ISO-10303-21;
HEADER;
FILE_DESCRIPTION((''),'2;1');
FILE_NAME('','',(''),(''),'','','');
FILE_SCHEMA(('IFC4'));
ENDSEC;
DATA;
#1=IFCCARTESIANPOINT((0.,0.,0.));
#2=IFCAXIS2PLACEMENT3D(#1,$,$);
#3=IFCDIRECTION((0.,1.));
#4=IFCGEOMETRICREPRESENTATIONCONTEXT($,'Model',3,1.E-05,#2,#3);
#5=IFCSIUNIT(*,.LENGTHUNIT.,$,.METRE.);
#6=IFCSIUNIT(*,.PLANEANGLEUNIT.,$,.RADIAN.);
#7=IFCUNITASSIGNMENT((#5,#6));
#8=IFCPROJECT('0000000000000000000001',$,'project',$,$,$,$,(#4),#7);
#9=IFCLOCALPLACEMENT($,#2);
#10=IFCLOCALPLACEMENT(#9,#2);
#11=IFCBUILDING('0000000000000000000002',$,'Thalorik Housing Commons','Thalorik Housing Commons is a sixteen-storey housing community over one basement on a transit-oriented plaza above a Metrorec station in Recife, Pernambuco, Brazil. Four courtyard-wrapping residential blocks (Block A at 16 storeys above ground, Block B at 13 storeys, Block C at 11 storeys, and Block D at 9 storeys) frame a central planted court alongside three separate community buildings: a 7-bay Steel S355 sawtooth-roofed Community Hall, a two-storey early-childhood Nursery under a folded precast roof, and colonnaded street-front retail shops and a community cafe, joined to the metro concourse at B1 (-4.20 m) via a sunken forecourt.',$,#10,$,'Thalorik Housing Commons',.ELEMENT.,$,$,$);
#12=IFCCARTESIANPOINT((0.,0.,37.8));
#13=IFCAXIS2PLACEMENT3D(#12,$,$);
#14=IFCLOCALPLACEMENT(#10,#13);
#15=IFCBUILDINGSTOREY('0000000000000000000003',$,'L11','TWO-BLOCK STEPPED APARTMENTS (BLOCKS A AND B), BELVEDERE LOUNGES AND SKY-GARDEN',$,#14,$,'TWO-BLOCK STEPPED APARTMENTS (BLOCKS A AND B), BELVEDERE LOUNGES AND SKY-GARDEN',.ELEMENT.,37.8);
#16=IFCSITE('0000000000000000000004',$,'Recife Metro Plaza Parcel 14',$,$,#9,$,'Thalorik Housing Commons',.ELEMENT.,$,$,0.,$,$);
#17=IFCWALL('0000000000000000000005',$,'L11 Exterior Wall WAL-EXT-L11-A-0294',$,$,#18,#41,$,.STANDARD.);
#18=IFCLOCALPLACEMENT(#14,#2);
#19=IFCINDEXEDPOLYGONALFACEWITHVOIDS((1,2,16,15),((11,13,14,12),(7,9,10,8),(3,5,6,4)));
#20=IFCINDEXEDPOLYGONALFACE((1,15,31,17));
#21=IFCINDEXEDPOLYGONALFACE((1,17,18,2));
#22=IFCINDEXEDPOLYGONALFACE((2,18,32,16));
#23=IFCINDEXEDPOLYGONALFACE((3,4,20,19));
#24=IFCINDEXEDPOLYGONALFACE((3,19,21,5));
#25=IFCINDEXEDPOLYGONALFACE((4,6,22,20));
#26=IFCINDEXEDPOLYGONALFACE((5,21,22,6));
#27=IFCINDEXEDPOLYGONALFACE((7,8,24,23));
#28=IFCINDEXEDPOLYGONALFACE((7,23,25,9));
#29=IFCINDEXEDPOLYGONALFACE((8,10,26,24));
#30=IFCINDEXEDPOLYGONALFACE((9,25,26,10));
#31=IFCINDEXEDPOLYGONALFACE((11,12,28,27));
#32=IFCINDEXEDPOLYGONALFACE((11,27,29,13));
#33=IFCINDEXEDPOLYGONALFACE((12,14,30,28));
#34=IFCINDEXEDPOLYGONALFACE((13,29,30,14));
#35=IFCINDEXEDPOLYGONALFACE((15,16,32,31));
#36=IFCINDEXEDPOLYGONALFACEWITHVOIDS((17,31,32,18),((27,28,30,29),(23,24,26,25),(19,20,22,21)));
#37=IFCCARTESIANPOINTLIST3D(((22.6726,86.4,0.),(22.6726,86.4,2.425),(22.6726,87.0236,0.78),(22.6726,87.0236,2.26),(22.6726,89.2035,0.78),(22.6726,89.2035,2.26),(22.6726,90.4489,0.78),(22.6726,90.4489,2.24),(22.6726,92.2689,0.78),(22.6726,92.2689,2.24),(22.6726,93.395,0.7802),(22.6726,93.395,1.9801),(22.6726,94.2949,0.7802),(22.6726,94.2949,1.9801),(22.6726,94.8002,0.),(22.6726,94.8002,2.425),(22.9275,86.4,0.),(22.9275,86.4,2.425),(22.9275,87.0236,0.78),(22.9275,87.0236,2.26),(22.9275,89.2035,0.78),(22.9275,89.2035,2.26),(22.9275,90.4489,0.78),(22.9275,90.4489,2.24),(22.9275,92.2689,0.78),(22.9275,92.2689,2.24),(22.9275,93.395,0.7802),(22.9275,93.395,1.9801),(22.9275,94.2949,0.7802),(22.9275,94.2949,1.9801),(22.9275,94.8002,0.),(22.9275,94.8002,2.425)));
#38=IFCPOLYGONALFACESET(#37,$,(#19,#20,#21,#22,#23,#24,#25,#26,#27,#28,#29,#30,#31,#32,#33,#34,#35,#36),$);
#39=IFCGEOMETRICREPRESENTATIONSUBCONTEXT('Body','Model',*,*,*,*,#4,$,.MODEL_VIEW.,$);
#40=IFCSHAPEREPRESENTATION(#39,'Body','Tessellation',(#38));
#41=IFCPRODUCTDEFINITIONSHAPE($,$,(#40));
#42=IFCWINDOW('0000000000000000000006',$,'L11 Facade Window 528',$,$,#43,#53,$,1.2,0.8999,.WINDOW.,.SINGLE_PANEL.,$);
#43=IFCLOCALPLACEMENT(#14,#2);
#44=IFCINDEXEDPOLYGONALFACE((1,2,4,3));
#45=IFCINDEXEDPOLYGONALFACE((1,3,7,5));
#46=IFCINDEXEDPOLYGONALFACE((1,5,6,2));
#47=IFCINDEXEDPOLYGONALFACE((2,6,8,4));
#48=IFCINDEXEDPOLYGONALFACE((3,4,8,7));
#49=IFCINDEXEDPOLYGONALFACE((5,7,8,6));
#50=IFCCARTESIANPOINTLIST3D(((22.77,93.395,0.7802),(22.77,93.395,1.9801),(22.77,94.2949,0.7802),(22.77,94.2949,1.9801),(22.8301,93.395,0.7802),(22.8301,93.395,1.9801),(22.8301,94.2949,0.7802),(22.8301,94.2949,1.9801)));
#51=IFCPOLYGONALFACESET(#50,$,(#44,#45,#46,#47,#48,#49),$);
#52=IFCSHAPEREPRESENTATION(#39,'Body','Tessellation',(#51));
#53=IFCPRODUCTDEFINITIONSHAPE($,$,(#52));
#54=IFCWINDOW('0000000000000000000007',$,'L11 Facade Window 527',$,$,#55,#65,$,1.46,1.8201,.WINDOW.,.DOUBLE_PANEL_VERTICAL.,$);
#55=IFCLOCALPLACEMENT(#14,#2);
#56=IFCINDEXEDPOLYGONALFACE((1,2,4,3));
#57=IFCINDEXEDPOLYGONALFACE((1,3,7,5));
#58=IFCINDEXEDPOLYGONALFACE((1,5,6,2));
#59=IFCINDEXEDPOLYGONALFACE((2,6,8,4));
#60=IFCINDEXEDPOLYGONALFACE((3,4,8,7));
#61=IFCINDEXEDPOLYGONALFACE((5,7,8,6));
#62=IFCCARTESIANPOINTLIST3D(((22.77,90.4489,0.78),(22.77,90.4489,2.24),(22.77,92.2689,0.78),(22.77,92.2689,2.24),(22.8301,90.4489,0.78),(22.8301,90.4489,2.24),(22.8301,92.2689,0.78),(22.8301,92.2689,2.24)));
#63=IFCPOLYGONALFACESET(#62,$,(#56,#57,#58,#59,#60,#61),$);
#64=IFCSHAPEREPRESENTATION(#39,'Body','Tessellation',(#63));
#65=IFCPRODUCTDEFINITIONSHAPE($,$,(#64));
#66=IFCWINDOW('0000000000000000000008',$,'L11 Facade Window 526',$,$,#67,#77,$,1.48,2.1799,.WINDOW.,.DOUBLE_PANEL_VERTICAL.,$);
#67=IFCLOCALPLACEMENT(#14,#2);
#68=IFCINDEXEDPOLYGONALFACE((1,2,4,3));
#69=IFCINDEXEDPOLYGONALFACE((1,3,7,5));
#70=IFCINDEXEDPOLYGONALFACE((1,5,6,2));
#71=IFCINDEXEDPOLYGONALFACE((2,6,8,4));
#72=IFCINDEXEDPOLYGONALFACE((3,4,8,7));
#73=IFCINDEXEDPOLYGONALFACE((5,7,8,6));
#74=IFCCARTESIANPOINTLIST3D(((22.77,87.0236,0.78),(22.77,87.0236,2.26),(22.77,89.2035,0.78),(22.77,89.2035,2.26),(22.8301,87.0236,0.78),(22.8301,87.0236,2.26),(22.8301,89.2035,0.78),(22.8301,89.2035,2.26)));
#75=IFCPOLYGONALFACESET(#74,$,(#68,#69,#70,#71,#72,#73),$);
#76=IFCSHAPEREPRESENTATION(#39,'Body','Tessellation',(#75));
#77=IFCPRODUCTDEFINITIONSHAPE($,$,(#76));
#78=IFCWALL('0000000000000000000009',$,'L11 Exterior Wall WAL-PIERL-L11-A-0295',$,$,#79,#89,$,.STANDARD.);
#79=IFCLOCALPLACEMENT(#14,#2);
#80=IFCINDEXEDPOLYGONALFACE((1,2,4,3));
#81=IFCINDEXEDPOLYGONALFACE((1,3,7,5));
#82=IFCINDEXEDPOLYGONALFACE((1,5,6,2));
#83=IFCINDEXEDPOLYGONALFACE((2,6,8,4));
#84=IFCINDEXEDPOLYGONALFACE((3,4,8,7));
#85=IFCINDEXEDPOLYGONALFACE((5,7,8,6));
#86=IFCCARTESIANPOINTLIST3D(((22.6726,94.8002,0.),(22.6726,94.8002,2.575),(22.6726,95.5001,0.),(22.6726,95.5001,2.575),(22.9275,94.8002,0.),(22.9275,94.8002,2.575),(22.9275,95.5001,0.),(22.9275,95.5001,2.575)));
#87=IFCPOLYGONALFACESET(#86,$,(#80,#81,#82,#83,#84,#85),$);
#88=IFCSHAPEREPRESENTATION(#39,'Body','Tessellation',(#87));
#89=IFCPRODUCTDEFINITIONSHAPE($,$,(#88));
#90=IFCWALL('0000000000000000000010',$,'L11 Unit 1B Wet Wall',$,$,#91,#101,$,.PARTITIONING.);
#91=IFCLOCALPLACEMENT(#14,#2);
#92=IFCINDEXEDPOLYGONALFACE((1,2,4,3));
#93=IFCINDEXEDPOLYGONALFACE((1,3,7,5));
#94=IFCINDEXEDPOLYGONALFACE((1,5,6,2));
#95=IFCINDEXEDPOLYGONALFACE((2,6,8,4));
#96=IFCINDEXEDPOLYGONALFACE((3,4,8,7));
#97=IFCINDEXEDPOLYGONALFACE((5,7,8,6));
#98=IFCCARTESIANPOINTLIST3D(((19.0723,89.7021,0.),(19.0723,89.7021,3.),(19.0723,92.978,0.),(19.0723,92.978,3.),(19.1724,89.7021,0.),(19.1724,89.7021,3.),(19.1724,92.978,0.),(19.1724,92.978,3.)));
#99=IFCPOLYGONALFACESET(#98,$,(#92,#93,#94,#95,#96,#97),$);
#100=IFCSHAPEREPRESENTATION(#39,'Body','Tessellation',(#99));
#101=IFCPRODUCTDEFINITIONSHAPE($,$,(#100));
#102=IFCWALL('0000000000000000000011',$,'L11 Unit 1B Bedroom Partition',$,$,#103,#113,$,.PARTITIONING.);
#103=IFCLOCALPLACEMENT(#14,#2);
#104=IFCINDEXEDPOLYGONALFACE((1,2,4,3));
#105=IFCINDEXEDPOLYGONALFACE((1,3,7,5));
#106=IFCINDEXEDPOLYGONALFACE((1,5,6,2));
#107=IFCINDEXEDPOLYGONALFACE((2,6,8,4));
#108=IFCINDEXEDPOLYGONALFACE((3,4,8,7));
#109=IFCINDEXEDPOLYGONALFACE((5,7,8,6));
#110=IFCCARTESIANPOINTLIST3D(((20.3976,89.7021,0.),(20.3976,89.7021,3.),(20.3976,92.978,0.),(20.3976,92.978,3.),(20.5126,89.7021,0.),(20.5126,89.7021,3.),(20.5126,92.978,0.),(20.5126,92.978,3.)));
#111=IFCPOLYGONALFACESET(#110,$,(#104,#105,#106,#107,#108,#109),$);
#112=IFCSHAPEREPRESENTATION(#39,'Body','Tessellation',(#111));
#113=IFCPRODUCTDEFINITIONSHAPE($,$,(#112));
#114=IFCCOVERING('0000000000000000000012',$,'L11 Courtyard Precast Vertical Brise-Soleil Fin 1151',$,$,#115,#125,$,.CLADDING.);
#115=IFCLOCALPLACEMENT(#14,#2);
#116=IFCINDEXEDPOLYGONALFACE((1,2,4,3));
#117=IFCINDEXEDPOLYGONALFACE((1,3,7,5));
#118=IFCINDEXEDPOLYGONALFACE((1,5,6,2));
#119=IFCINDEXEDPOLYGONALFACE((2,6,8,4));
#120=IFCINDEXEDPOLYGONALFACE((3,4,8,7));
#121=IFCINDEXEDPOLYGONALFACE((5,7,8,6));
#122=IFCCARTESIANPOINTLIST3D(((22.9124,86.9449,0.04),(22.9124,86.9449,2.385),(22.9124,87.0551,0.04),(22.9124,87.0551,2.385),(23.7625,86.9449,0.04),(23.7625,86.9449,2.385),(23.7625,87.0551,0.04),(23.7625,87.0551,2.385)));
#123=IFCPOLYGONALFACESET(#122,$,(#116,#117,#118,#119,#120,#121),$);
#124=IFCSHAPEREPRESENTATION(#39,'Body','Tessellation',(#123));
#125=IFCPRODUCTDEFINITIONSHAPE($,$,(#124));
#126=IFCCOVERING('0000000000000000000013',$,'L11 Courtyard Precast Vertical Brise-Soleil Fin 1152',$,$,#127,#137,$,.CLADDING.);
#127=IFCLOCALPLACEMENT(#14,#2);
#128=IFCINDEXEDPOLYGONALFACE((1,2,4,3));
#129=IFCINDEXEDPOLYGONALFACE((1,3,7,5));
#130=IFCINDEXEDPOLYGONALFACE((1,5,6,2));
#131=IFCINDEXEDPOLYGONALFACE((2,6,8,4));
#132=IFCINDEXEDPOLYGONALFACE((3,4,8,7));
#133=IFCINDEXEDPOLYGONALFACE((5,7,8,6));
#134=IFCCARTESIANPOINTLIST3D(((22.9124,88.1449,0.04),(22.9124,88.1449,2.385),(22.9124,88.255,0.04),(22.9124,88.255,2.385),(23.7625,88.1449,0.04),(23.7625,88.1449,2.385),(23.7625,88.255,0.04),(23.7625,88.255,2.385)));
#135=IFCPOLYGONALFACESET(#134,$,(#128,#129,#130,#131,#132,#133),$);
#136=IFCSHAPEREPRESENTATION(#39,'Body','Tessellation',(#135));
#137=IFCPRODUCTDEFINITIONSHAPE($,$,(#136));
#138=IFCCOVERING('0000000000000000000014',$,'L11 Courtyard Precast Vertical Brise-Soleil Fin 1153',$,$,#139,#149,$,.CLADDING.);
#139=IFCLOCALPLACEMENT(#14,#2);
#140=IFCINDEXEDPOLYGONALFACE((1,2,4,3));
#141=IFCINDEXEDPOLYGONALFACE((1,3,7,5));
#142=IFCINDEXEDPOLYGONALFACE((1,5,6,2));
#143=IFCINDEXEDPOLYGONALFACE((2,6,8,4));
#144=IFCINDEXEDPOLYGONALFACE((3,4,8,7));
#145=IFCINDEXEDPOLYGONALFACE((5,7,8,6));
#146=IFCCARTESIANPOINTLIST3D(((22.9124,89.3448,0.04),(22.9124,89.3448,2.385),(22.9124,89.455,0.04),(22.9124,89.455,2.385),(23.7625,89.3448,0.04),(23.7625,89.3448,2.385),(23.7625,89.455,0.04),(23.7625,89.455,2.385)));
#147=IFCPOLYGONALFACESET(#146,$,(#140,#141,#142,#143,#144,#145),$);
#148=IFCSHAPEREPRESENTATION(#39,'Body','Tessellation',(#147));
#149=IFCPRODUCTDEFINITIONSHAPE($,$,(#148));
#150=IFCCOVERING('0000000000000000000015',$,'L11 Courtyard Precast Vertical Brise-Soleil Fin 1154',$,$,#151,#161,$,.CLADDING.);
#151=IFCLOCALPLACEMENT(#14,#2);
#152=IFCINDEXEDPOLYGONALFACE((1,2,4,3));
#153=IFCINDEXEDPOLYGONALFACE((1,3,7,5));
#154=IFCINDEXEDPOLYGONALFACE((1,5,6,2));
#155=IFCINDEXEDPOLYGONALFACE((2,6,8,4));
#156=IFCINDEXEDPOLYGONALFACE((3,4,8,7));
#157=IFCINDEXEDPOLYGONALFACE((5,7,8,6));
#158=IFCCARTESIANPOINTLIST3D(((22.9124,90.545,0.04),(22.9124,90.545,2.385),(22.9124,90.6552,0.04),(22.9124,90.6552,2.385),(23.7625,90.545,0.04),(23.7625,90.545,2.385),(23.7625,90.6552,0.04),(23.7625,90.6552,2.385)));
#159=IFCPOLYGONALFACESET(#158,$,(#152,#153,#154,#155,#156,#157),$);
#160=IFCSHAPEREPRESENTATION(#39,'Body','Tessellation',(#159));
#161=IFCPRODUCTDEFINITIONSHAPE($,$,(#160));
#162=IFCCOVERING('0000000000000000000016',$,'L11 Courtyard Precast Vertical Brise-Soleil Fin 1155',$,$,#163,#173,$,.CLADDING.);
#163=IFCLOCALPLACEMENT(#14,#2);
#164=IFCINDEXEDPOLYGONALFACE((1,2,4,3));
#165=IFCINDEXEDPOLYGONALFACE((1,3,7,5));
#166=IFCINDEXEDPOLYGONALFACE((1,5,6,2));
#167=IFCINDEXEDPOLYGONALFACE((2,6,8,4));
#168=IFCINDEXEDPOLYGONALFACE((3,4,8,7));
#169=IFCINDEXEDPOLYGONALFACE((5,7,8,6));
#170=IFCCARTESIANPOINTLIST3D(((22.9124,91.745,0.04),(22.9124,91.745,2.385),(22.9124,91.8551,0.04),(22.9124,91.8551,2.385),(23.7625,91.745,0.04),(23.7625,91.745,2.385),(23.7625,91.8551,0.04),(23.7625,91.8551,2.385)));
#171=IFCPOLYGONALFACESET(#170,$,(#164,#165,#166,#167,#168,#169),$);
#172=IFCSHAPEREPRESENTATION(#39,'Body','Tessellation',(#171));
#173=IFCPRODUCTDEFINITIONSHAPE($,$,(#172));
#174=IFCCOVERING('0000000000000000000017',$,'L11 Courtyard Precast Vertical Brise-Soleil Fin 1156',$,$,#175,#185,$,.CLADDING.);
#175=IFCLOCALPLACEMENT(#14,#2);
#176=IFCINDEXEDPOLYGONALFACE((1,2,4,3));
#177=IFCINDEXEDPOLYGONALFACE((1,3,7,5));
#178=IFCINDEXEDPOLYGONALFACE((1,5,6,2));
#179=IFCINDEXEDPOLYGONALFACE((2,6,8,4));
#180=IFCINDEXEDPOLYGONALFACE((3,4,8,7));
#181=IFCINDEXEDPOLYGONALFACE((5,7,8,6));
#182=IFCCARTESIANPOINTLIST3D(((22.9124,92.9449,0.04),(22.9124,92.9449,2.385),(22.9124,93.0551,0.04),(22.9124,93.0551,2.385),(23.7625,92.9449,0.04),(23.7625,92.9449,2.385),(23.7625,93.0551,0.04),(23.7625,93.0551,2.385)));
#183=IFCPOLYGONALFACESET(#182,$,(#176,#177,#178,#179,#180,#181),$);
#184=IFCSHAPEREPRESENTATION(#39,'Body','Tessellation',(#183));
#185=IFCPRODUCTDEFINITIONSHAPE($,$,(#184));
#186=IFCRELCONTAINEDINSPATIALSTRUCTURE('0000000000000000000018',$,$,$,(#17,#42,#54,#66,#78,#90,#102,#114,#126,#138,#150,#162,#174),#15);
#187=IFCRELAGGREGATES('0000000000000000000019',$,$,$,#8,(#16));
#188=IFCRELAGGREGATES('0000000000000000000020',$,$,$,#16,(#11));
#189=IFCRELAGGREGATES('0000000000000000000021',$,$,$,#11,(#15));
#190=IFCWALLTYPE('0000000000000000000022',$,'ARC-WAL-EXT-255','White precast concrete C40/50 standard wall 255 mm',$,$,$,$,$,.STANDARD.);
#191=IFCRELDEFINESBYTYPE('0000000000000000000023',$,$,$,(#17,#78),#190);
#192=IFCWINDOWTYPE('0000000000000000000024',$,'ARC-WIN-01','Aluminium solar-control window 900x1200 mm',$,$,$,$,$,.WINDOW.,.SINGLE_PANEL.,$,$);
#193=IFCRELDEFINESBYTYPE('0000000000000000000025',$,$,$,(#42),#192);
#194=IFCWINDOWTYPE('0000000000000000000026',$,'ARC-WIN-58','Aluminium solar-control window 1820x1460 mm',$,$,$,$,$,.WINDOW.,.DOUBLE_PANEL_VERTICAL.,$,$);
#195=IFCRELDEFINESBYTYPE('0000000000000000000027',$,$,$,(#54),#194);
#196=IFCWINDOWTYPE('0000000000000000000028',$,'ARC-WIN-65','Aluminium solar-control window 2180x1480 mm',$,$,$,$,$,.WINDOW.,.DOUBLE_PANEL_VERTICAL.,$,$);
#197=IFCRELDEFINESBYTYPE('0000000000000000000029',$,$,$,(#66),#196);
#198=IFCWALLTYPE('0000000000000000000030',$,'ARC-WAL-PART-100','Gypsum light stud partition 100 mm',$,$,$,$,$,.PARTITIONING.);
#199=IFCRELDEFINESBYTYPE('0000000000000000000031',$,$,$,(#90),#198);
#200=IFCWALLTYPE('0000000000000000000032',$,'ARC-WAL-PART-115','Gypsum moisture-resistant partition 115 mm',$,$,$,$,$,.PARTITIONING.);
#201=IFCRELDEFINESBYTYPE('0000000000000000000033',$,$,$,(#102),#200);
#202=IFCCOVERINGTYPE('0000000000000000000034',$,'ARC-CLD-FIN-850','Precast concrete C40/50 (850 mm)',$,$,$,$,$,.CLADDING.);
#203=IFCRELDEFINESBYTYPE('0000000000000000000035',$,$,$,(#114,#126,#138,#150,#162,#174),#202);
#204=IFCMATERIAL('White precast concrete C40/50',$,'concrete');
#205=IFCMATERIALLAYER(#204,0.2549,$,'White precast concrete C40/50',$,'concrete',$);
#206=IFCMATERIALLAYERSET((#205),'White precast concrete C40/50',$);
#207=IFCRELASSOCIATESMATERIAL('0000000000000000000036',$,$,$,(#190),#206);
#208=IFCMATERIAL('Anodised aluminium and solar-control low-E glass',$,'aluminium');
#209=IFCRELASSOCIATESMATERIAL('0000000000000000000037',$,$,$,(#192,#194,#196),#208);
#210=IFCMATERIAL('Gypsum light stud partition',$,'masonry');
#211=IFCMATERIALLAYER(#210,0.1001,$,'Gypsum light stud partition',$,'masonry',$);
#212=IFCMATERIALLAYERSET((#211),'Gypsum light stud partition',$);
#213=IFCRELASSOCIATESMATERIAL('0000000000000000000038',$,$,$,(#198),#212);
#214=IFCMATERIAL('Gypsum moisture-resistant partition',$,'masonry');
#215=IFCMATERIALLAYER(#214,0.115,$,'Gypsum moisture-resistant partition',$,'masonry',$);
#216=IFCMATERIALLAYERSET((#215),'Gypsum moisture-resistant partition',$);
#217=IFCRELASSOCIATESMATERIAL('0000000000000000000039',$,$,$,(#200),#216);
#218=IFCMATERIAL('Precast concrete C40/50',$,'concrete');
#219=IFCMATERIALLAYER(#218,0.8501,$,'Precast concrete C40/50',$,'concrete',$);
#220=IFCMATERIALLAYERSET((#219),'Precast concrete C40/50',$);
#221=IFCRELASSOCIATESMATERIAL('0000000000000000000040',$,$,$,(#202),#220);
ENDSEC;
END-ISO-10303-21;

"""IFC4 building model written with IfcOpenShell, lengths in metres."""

from ifc_helpers import new_model, si_unit, direction, frame, frame_2d, origin, origin_2d, place, context, subcontext, project, spatial, rectangle, extrude, material, layer, layer_set, type_object, element, fill, save


model = new_model("IFC4")

# Units and contexts
model_context = context("Model", 3, precision=1e-05, world=origin(), true_north=direction((0.0, 1.0)))
body_context = subcontext(model_context, "Body", "Model", "MODEL_VIEW")
ifc_project = project(units=[si_unit("LENGTHUNIT", "METRE"), si_unit("PLANEANGLEUNIT", "RADIAN")], contexts=[model_context])

# Site, building, storey
site_placement = place(None, origin())
site = spatial("IfcSite", under=ifc_project, at=site_placement, Name="Recife Metro Plaza Parcel 14", LongName="Thalorik Housing Commons", CompositionType="ELEMENT", RefElevation=0.0)
building_placement = place(site_placement, origin())
building = spatial("IfcBuilding", under=site, at=building_placement, Name="Thalorik Housing Commons", Description="Thalorik Housing Commons is a sixteen-storey housing community over one basement on a transit-oriented plaza above a Metrorec station in Recife, Pernambuco, Brazil. Four courtyard-wrapping residential blocks (Block A at 16 storeys above ground, Block B at 13 storeys, Block C at 11 storeys, and Block D at 9 storeys) frame a central planted court alongside three separate community buildings: a 7-bay Steel S355 sawtooth-roofed Community Hall, a two-storey early-childhood Nursery under a folded precast roof, and colonnaded street-front retail shops and a community cafe, joined to the metro concourse at B1 (-4.20 m) via a sunken forecourt.", LongName="Thalorik Housing Commons", CompositionType="ELEMENT")
storey_placement = place(building_placement, frame((0.0, 0.0, 37.8)))
storey = spatial("IfcBuildingStorey", under=building, at=storey_placement, Name="L11", Description="TWO-BLOCK STEPPED APARTMENTS (BLOCKS A AND B), BELVEDERE LOUNGES AND SKY-GARDEN", LongName="TWO-BLOCK STEPPED APARTMENTS (BLOCKS A AND B), BELVEDERE LOUNGES AND SKY-GARDEN", CompositionType="ELEMENT", Elevation=37.8)

# Shared definitions
ifc_material_1 = material(Name="Precast concrete C40/50", Category="concrete")

# Shared definitions
ifc_material_2 = material(Name="Anodised aluminium and solar-control low-E glass", Category="aluminium")

# Shared definitions
ifc_material_3 = material(Name="White precast concrete C40/50", Category="concrete")
ifc_layer_1 = layer(ifc_material_3, 0.2549, Name="White precast concrete C40/50", Category="concrete")
ifc_layer_set_1 = layer_set([ifc_layer_1], Name="White precast concrete C40/50")
wall_type_1 = type_object("IfcWallType", Name="ARC-WAL-EXT-255", Description="White precast concrete C40/50 standard wall 255 mm", PredefinedType="STANDARD", material=ifc_layer_set_1)

# Wall, openings, windows
wall_1_placement = place(storey_placement, frame((22.8, 86.3999, 0.0), z_axis=(0.0, 0.0, 1.0), x_axis=(0.0, 1.0, 0.0)))
wall_1 = element("IfcWall", 1, at=wall_1_placement, inside=storey, type_object=wall_type_1, Name="L11 Exterior Wall WAL-EXT-L11-A-0294", PredefinedType="STANDARD", context=body_context, shape_type="SweptSolid", body=[
    extrude(rectangle(XDim=8.4001, YDim=0.2549, at=frame_2d((4.2002, 0.0))), origin(), (0.0, 0.0, 1.0), 2.425),
])
opening_1_placement = place(wall_1_placement, frame((0.6238, 0.0, 0.78)))
opening_1 = element("IfcOpeningElement", 2, at=opening_1_placement, cuts=wall_1, PredefinedType="OPENING", context=body_context, shape_type="SweptSolid", body=[
    extrude(rectangle(XDim=2.1799, YDim=1.48, at=frame_2d((1.0898, 0.74))), frame((0.0, 0.1375, 0.0), z_axis=(0.0, -1.0, 0.0), x_axis=(1.0, 0.0, 0.0)), (0.0, 0.0, 1.0), 0.2749),
])
opening_2_placement = place(wall_1_placement, frame((4.0488, 0.0, 0.78)))
opening_2 = element("IfcOpeningElement", 3, at=opening_2_placement, cuts=wall_1, PredefinedType="OPENING", context=body_context, shape_type="SweptSolid", body=[
    extrude(rectangle(XDim=1.8201, YDim=1.46, at=frame_2d((0.9102, 0.73))), frame((0.0, 0.1375, 0.0), z_axis=(0.0, -1.0, 0.0), x_axis=(1.0, 0.0, 0.0)), (0.0, 0.0, 1.0), 0.2749),
])
opening_3_placement = place(wall_1_placement, frame((6.9951, 0.0, 0.78)))
opening_3 = element("IfcOpeningElement", 4, at=opening_3_placement, cuts=wall_1, PredefinedType="OPENING", context=body_context, shape_type="SweptSolid", body=[
    extrude(rectangle(XDim=0.8999, YDim=1.2, at=frame_2d((0.45, 0.6001))), frame((0.0, 0.1375, 0.0), z_axis=(0.0, -1.0, 0.0), x_axis=(1.0, 0.0, 0.0)), (0.0, 0.0, 1.0), 0.2749),
])
window_type_1 = type_object("IfcWindowType", Name="ARC-WIN-01", Description="Aluminium solar-control window 900x1200 mm", PartitioningType="SINGLE_PANEL", PredefinedType="WINDOW", material=ifc_material_2)
window_1_placement = place(opening_3_placement, origin())
window_1 = element("IfcWindow", 5, at=window_1_placement, inside=storey, type_object=window_type_1, Name="L11 Facade Window 528", OverallHeight=1.2, OverallWidth=0.8999, PartitioningType="SINGLE_PANEL", PredefinedType="WINDOW", context=body_context, shape_type="SweptSolid", body=[
    extrude(rectangle(XDim=0.8999, YDim=1.2, at=frame_2d((0.45, 0.6001))), frame((0.0, 0.03, 0.0), z_axis=(0.0, -1.0, 0.0), x_axis=(1.0, 0.0, 0.0)), (0.0, 0.0, 1.0), 0.0601),
])
fill(opening_3, window_1)
window_type_2 = type_object("IfcWindowType", Name="ARC-WIN-58", Description="Aluminium solar-control window 1820x1460 mm", PartitioningType="DOUBLE_PANEL_VERTICAL", PredefinedType="WINDOW", material=ifc_material_2)
window_2_placement = place(opening_2_placement, origin())
window_2 = element("IfcWindow", 6, at=window_2_placement, inside=storey, type_object=window_type_2, Name="L11 Facade Window 527", OverallHeight=1.46, OverallWidth=1.8201, PartitioningType="DOUBLE_PANEL_VERTICAL", PredefinedType="WINDOW", context=body_context, shape_type="SweptSolid", body=[
    extrude(rectangle(XDim=1.8201, YDim=1.46, at=frame_2d((0.9102, 0.73))), frame((0.0, 0.03, 0.0), z_axis=(0.0, -1.0, 0.0), x_axis=(1.0, 0.0, 0.0)), (0.0, 0.0, 1.0), 0.0601),
])
fill(opening_2, window_2)
window_type_3 = type_object("IfcWindowType", Name="ARC-WIN-65", Description="Aluminium solar-control window 2180x1480 mm", PartitioningType="DOUBLE_PANEL_VERTICAL", PredefinedType="WINDOW", material=ifc_material_2)
window_3_placement = place(opening_1_placement, origin())
window_3 = element("IfcWindow", 7, at=window_3_placement, inside=storey, type_object=window_type_3, Name="L11 Facade Window 526", OverallHeight=1.48, OverallWidth=2.1799, PartitioningType="DOUBLE_PANEL_VERTICAL", PredefinedType="WINDOW", context=body_context, shape_type="SweptSolid", body=[
    extrude(rectangle(XDim=2.1799, YDim=1.48, at=frame_2d((1.0898, 0.74))), frame((0.0, 0.03, 0.0), z_axis=(0.0, -1.0, 0.0), x_axis=(1.0, 0.0, 0.0)), (0.0, 0.0, 1.0), 0.0601),
])
fill(opening_1, window_3)

# Walls
wall_2_placement = place(storey_placement, frame((22.8, 94.8, 0.0), z_axis=(0.0, 0.0, 1.0), x_axis=(0.0, 1.0, 0.0)))
element("IfcWall", 8, at=wall_2_placement, inside=storey, type_object=wall_type_1, Name="L11 Exterior Wall WAL-PIERL-L11-A-0295", PredefinedType="STANDARD", context=body_context, shape_type="SweptSolid", body=[
    extrude(rectangle(XDim=0.7, YDim=0.2549, at=frame_2d((0.3501, 0.0))), origin(), (0.0, 0.0, 1.0), 2.575),
])
ifc_material_4 = material(Name="Gypsum light stud partition", Category="masonry")
ifc_layer_2 = layer(ifc_material_4, 0.1001, Name="Gypsum light stud partition", Category="masonry")
ifc_layer_set_2 = layer_set([ifc_layer_2], Name="Gypsum light stud partition")
wall_type_2 = type_object("IfcWallType", Name="ARC-WAL-PART-100", Description="Gypsum light stud partition 100 mm", PredefinedType="PARTITIONING", material=ifc_layer_set_2)
wall_3_placement = place(storey_placement, frame((19.1223, 89.7021, 0.0), z_axis=(0.0, 0.0, 1.0), x_axis=(0.0, 1.0, 0.0)))
element("IfcWall", 9, at=wall_3_placement, inside=storey, type_object=wall_type_2, Name="L11 Unit 1B Wet Wall", PredefinedType="PARTITIONING", context=body_context, shape_type="SweptSolid", body=[
    extrude(rectangle(XDim=3.2759, YDim=0.1001, at=frame_2d((1.6379, 0.0))), origin(), (0.0, 0.0, 1.0), 3.0),
])
ifc_material_5 = material(Name="Gypsum moisture-resistant partition", Category="masonry")
ifc_layer_3 = layer(ifc_material_5, 0.115, Name="Gypsum moisture-resistant partition", Category="masonry")
ifc_layer_set_3 = layer_set([ifc_layer_3], Name="Gypsum moisture-resistant partition")
wall_type_3 = type_object("IfcWallType", Name="ARC-WAL-PART-115", Description="Gypsum moisture-resistant partition 115 mm", PredefinedType="PARTITIONING", material=ifc_layer_set_3)
wall_4_placement = place(storey_placement, frame((20.4551, 89.7021, 0.0), z_axis=(0.0, 0.0, 1.0), x_axis=(0.0, 1.0, 0.0)))
element("IfcWall", 10, at=wall_4_placement, inside=storey, type_object=wall_type_3, Name="L11 Unit 1B Bedroom Partition", PredefinedType="PARTITIONING", context=body_context, shape_type="SweptSolid", body=[
    extrude(rectangle(XDim=3.2759, YDim=0.115, at=frame_2d((1.6379, 0.0))), origin(), (0.0, 0.0, 1.0), 3.0),
])

# Coverings
ifc_layer_4 = layer(ifc_material_1, 0.8501, Name="Precast concrete C40/50", Category="concrete")
ifc_layer_set_4 = layer_set([ifc_layer_4], Name="Precast concrete C40/50")
covering_type_1 = type_object("IfcCoveringType", Name="ARC-CLD-FIN-850", Description="Precast concrete C40/50 (850 mm)", PredefinedType="CLADDING", material=ifc_layer_set_4)
for number, where, z_axis, x_axis, name in (
    (11, (23.3374, 87.0, 0.04), (0.0, 0.0, 1.0), (0.0, 1.0, 0.0), "L11 Courtyard Precast Vertical Brise-Soleil Fin 1151"),
    (12, (23.3374, 88.2, 0.04), (0.0, 0.0, 1.0), (0.0, 1.0, 0.0), "L11 Courtyard Precast Vertical Brise-Soleil Fin 1152"),
    (13, (23.3374, 89.3999, 0.04), (0.0, 0.0, 1.0), (0.0, 1.0, 0.0), "L11 Courtyard Precast Vertical Brise-Soleil Fin 1153"),
    (14, (23.3374, 90.6001, 0.04), (0.0, 0.0, 1.0), (0.0, 1.0, 0.0), "L11 Courtyard Precast Vertical Brise-Soleil Fin 1154"),
    (15, (23.3374, 91.8, 0.04), (0.0, 0.0, 1.0), (0.0, 1.0, 0.0), "L11 Courtyard Precast Vertical Brise-Soleil Fin 1155"),
    (16, (23.3374, 93.0, 0.04), (0.0, 0.0, 1.0), (0.0, 1.0, 0.0), "L11 Courtyard Precast Vertical Brise-Soleil Fin 1156"),
):
    element("IfcCovering", number, at=place(storey_placement, frame(where, z_axis=z_axis, x_axis=x_axis)), inside=storey, type_object=covering_type_1, Name=name, PredefinedType="CLADDING", context=body_context, shape_type="SweptSolid", body=[
        extrude(rectangle(XDim=0.1101, YDim=0.8501, at=origin_2d()), origin(), (0.0, 0.0, 1.0), 2.345),
    ])

save(model, "model.ifc")
